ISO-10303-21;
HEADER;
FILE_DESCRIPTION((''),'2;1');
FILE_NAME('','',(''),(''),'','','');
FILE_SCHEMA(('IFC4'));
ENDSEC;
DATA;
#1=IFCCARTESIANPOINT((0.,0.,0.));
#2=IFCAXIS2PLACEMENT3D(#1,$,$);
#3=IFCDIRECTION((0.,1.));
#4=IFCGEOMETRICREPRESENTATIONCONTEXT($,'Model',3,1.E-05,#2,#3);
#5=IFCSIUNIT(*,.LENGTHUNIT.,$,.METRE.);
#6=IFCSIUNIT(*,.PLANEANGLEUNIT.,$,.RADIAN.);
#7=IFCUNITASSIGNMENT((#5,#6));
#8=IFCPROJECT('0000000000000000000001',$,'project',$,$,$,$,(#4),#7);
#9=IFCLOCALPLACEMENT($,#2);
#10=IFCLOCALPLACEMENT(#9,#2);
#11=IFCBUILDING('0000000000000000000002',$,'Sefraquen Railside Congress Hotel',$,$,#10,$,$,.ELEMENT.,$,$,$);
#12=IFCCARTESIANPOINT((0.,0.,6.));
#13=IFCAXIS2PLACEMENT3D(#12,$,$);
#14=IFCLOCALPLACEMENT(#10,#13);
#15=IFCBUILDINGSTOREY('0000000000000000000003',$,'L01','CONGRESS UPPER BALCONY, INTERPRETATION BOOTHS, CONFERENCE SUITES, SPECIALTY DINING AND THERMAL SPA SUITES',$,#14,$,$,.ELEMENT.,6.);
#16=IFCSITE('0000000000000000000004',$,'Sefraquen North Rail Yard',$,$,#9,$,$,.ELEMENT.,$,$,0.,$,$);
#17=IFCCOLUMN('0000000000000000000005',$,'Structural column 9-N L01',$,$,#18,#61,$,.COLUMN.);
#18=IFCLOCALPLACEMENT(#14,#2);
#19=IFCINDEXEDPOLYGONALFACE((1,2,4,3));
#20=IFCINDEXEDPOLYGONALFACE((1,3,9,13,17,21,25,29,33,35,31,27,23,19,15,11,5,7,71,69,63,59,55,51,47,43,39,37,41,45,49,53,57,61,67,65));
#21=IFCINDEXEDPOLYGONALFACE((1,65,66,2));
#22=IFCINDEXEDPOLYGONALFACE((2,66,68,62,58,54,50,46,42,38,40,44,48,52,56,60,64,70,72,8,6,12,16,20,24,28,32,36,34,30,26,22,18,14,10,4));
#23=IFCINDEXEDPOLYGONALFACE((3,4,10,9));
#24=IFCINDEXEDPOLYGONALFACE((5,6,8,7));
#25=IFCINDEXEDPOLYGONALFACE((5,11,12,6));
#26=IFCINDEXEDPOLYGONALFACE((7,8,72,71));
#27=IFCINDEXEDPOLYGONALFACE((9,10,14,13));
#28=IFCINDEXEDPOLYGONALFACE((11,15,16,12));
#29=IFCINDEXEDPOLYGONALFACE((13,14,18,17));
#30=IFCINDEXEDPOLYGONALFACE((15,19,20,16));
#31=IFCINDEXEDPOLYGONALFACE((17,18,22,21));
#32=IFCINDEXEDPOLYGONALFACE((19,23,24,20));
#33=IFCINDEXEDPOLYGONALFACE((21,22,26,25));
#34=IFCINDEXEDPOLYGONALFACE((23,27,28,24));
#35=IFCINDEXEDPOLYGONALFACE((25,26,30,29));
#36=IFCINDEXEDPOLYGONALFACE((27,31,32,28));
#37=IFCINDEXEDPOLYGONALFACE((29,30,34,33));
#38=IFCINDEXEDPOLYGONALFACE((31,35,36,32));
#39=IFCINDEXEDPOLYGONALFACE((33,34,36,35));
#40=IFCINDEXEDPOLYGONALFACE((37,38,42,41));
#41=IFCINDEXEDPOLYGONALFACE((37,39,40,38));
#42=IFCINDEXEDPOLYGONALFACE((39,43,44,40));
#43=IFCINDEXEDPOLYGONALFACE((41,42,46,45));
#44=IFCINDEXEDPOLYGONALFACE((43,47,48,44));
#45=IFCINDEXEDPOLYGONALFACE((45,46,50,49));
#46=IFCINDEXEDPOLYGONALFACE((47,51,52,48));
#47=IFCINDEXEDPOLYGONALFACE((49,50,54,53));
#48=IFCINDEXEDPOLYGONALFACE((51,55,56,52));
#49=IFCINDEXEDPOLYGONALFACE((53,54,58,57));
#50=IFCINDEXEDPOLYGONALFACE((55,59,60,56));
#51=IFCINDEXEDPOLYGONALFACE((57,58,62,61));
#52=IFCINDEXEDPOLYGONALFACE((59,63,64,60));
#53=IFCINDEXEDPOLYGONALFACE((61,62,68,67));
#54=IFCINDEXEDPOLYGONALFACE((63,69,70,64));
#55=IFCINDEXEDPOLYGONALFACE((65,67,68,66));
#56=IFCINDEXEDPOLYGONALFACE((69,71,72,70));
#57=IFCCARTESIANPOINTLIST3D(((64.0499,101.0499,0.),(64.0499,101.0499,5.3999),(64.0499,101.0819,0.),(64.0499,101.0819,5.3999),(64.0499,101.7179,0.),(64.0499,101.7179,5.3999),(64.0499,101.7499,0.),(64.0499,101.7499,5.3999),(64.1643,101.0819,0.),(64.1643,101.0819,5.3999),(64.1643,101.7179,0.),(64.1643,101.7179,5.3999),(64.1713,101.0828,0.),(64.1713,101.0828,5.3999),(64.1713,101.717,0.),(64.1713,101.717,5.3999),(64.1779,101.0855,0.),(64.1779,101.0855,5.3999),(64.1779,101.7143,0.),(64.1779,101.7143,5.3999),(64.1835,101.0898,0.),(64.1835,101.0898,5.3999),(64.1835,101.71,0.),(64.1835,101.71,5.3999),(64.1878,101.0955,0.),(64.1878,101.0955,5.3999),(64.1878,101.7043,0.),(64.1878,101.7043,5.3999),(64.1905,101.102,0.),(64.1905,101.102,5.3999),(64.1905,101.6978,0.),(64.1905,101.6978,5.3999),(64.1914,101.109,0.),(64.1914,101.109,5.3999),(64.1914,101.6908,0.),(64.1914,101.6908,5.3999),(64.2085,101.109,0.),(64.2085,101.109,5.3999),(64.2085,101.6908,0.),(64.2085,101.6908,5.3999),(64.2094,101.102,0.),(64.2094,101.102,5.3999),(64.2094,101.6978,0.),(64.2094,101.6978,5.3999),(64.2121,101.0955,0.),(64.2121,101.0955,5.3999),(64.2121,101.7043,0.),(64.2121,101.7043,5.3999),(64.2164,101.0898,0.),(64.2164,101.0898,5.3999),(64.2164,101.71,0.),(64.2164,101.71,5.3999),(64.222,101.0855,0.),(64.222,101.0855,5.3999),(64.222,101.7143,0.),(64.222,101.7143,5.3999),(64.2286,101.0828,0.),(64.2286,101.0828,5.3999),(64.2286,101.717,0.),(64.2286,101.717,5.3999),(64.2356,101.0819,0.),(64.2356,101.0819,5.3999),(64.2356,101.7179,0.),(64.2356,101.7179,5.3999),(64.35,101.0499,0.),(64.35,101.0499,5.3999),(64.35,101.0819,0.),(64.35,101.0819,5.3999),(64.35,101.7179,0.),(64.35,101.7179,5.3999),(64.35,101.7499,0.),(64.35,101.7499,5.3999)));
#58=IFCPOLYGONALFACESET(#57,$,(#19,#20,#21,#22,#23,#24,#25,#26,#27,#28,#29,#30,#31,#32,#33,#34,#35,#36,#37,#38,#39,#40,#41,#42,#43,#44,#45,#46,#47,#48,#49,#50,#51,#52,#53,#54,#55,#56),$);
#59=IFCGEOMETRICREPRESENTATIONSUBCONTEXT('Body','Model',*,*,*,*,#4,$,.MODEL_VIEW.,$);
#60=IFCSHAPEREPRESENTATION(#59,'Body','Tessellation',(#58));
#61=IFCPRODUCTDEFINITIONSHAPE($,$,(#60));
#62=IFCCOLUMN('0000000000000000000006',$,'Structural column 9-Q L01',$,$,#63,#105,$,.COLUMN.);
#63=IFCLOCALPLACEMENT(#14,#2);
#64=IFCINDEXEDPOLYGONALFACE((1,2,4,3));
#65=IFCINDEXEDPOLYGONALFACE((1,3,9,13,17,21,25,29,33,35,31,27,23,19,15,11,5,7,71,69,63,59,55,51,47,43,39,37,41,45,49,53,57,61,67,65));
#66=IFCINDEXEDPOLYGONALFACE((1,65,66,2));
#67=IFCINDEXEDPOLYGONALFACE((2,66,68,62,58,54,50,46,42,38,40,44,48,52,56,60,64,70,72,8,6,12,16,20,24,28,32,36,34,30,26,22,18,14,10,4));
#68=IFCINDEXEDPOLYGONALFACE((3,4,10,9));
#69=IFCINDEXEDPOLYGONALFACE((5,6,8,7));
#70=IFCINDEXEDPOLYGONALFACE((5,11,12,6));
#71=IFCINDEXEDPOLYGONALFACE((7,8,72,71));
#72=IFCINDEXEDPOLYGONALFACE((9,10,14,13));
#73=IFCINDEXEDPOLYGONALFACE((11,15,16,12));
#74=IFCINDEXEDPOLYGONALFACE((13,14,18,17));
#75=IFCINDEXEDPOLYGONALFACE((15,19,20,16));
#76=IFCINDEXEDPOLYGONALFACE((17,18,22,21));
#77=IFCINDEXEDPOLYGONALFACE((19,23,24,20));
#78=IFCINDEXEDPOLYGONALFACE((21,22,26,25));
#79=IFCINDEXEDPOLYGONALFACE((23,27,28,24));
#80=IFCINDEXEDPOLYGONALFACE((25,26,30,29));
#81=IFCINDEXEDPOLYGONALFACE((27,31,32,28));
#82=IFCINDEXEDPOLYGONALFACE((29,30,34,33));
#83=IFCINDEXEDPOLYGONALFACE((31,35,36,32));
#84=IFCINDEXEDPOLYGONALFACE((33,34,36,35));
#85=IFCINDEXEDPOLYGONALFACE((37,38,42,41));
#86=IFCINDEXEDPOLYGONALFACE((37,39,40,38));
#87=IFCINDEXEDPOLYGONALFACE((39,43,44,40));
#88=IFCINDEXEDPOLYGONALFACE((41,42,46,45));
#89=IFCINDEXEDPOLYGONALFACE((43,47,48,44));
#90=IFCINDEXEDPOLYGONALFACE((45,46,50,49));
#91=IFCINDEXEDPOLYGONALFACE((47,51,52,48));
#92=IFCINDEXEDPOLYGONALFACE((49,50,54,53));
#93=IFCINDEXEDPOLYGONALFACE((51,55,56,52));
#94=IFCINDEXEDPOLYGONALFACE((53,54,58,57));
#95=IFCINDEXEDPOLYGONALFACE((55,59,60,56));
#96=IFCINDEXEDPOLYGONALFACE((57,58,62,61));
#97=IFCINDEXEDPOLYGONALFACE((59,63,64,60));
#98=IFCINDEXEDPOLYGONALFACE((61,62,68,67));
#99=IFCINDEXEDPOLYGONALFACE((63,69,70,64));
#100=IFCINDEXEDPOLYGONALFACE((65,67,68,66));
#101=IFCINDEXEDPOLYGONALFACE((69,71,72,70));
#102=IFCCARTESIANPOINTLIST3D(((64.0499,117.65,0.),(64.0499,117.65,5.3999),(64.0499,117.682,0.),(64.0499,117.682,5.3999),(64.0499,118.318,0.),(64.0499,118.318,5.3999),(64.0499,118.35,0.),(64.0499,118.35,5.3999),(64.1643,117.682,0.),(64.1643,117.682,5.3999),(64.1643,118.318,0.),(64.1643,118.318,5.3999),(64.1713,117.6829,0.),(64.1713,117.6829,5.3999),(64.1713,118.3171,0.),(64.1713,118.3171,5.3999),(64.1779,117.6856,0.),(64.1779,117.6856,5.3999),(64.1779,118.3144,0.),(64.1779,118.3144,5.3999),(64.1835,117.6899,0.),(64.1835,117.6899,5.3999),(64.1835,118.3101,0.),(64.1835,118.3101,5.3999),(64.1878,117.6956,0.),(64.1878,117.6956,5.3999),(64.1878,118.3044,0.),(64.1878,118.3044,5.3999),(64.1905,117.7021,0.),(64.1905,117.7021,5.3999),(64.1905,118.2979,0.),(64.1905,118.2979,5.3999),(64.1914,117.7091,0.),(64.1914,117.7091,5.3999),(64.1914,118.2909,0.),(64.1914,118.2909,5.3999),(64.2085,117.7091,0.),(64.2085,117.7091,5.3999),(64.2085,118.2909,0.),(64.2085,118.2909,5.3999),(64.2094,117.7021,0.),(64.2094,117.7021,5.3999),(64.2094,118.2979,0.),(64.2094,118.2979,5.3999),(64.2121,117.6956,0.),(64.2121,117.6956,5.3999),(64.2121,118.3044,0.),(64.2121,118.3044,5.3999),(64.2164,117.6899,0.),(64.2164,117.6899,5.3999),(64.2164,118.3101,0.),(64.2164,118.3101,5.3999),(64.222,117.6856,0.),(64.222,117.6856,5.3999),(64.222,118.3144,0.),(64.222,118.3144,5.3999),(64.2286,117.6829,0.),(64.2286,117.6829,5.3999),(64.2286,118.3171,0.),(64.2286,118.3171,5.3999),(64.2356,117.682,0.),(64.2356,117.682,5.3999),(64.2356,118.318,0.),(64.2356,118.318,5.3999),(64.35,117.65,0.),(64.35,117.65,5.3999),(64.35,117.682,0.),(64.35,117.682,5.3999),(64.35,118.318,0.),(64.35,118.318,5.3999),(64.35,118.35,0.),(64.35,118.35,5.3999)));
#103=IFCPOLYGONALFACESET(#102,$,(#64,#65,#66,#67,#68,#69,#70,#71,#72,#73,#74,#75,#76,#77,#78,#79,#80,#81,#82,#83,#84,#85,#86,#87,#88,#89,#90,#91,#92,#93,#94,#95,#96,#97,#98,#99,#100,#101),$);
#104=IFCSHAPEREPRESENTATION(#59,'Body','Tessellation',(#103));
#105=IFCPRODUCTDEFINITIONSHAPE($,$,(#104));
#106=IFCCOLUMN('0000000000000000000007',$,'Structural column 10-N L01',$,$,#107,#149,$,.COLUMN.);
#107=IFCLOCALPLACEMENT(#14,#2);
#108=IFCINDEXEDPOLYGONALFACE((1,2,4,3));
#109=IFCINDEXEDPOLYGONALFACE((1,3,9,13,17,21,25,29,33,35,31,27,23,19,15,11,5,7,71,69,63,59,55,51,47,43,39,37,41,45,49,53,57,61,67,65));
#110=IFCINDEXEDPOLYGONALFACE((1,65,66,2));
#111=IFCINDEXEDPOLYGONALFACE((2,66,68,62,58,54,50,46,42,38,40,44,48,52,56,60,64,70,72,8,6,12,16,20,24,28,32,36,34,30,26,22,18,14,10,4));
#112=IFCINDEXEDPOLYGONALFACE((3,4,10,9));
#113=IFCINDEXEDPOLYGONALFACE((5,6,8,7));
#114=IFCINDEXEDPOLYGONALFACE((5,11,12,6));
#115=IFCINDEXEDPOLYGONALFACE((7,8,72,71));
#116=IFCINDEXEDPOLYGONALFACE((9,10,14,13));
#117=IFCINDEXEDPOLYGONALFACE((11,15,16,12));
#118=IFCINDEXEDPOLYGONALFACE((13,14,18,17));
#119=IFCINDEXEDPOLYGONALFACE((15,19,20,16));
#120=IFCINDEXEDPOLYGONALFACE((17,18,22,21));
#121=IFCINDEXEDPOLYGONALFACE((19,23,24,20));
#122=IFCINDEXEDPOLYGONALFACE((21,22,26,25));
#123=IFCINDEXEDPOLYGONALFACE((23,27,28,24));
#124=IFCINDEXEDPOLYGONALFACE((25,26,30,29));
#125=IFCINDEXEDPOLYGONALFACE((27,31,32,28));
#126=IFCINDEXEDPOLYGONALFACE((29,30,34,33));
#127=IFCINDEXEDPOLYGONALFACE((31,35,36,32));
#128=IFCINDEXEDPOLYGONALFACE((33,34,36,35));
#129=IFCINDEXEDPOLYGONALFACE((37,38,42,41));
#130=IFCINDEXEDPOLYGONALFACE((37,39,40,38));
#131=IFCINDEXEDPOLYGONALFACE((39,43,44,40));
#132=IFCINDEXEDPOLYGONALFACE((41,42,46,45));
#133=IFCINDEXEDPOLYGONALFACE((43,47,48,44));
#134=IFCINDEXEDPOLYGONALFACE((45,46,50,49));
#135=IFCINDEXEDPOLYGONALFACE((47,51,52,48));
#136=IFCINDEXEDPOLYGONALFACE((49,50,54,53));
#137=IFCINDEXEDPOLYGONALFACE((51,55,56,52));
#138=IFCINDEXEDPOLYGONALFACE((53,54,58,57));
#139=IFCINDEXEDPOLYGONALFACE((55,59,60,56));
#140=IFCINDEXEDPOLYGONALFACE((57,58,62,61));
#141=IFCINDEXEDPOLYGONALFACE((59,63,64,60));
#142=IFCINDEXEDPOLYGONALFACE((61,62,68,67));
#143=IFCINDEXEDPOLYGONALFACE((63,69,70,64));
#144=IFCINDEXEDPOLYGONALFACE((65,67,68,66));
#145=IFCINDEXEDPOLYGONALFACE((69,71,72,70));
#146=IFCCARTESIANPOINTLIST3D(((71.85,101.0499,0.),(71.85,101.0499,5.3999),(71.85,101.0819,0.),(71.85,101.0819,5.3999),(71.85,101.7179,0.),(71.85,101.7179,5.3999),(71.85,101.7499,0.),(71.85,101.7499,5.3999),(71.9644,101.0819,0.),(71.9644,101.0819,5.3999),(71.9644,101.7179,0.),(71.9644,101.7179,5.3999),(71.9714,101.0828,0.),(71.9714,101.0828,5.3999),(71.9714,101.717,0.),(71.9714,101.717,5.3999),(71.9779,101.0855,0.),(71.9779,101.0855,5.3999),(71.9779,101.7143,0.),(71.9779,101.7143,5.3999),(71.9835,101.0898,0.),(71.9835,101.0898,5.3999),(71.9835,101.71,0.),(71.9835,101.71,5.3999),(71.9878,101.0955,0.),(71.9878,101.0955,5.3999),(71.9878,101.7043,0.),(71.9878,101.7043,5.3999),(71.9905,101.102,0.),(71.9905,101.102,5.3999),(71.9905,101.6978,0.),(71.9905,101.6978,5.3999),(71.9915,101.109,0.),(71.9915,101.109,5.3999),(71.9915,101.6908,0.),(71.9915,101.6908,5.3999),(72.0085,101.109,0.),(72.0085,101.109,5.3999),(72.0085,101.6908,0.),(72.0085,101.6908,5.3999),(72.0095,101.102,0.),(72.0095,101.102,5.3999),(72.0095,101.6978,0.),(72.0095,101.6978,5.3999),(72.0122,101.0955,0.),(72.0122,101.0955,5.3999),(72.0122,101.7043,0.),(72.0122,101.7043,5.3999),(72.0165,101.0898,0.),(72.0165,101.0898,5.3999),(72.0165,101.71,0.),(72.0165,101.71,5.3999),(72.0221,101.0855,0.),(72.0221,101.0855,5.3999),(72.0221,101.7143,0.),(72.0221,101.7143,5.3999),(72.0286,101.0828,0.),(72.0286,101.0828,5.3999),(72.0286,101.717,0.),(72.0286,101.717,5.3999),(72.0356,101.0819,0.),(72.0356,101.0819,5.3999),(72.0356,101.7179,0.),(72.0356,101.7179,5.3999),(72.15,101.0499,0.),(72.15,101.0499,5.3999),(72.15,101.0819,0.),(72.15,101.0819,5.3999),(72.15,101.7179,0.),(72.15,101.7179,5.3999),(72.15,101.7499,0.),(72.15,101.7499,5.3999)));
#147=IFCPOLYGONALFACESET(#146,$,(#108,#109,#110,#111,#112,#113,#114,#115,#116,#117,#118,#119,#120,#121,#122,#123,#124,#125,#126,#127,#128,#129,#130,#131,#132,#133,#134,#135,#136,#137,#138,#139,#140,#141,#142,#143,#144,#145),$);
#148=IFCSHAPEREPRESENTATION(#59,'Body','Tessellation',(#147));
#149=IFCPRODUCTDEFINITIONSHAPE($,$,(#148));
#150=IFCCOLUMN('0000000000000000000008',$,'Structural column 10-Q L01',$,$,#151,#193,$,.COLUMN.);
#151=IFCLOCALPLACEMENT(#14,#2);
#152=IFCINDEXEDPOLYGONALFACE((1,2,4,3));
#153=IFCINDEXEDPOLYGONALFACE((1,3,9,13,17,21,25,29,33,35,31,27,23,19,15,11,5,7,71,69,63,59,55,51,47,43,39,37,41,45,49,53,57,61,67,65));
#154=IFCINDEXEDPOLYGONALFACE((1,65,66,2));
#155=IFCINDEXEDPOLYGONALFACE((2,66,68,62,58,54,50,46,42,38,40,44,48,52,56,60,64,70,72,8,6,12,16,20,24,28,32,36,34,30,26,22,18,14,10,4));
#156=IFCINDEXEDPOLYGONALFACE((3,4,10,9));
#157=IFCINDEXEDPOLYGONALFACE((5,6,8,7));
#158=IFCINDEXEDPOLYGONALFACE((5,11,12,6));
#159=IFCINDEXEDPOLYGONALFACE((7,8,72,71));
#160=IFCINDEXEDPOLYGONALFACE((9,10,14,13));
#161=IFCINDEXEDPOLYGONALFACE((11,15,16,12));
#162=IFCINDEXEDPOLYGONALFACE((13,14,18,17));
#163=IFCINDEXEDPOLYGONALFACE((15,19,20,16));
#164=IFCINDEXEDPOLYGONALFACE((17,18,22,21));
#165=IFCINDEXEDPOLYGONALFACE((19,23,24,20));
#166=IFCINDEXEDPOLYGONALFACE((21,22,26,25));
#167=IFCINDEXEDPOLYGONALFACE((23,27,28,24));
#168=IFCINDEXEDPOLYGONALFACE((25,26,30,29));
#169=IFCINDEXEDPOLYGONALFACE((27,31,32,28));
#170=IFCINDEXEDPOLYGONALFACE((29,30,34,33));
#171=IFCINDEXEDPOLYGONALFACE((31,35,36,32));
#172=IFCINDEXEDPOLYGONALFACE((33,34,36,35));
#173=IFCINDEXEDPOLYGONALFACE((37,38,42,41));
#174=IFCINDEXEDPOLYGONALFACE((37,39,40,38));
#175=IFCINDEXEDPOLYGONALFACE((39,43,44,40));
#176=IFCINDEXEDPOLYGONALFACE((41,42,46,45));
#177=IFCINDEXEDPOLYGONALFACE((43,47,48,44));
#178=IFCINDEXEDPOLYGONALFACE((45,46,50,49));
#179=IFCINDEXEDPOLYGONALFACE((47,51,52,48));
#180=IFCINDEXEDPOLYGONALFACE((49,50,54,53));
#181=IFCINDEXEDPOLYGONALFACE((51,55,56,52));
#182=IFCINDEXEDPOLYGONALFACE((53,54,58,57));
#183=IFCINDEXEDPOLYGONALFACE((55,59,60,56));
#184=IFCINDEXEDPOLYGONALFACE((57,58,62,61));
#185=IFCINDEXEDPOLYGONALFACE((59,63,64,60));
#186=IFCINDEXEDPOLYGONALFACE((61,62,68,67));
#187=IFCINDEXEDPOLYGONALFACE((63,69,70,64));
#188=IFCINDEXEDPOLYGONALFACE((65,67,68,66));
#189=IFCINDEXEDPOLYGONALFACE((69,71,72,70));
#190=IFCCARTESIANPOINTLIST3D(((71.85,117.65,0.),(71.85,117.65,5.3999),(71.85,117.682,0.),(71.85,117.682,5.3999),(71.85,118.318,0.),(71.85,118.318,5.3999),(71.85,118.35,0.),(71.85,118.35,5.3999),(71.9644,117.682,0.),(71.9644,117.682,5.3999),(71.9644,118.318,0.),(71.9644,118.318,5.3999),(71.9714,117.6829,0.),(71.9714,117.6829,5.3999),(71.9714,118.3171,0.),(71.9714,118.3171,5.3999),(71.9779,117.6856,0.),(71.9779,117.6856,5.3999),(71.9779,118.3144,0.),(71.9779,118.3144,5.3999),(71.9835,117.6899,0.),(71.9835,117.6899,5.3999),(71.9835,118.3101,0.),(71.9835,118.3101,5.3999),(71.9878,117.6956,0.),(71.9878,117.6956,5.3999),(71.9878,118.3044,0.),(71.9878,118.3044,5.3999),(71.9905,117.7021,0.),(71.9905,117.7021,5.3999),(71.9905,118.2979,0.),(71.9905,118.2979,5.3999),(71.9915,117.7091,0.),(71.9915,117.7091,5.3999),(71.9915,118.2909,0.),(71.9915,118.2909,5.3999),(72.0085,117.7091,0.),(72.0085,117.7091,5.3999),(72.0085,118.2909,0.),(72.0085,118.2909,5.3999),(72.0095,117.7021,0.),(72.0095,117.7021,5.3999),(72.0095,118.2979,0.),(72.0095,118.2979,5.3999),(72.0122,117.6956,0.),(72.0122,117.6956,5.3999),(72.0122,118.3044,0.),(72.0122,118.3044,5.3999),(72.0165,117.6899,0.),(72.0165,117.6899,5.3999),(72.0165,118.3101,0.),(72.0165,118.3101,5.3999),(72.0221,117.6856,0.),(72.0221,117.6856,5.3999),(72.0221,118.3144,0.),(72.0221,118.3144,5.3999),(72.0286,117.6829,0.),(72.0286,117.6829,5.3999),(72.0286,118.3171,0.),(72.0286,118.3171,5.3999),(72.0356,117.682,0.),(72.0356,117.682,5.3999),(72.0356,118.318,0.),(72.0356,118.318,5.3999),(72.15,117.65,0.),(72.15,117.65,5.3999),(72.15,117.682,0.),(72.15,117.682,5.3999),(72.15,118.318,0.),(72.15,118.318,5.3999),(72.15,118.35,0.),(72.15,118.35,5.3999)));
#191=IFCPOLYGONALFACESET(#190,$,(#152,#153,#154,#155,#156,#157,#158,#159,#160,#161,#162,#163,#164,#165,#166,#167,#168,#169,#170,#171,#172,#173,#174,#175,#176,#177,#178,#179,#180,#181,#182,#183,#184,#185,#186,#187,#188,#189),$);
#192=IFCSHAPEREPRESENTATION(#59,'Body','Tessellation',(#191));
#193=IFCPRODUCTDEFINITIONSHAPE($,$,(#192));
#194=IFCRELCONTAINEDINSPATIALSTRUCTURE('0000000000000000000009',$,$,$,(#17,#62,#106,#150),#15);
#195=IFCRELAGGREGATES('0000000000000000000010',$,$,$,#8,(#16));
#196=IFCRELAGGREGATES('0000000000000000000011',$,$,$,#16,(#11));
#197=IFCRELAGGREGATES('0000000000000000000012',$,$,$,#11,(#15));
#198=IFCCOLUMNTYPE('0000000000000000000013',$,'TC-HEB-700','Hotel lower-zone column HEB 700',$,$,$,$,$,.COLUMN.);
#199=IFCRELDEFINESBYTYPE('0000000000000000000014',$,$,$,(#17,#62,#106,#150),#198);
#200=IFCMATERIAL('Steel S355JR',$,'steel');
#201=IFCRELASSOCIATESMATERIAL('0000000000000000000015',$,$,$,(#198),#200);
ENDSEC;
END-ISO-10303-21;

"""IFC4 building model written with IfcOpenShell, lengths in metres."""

from ifc_helpers import new_model, si_unit, direction, frame, origin, origin_2d, place, context, subcontext, project, spatial, i_section, extrude, material, material_profile, profile_set, type_object, element, save


model = new_model("IFC4")

# Units and contexts
model_context = context("Model", 3, precision=1e-05, world=origin(), true_north=direction((0.0, 1.0)))
body_context = subcontext(model_context, "Body", "Model", "MODEL_VIEW")
ifc_project = project(units=[si_unit("LENGTHUNIT", "METRE"), si_unit("PLANEANGLEUNIT", "RADIAN")], contexts=[model_context])

# Site, building, storey
site_placement = place(None, origin())
site = spatial("IfcSite", under=ifc_project, at=site_placement, Name="Sefraquen North Rail Yard", CompositionType="ELEMENT", RefElevation=0.0)
building_placement = place(site_placement, origin())
building = spatial("IfcBuilding", under=site, at=building_placement, Name="Sefraquen Railside Congress Hotel", CompositionType="ELEMENT")
storey_placement = place(building_placement, frame((0.0, 0.0, 6.0)))
storey = spatial("IfcBuildingStorey", under=building, at=storey_placement, Name="L01", Description="CONGRESS UPPER BALCONY, INTERPRETATION BOOTHS, CONFERENCE SUITES, SPECIALTY DINING AND THERMAL SPA SUITES", CompositionType="ELEMENT", Elevation=6.0)

# Columns
ifc_material_1 = material(Name="Steel S355JR", Category="steel")
ifc_material_profile_1 = material_profile(ifc_material_1, i_section(OverallWidth=0.3, OverallDepth=0.7, WebThickness=0.0171, FlangeThickness=0.032, FilletRadius=0.0271, at=origin_2d()), Name="HEB 700")
ifc_profile_set_1 = profile_set([ifc_material_profile_1], Name="Steel S355JR")
column_type_1 = type_object("IfcColumnType", Name="TC-HEB-700", Description="Hotel lower-zone column HEB 700", PredefinedType="COLUMN", material=ifc_profile_set_1)
for number, where, z_axis, x_axis, name in (
    (1, (64.2, 101.3999, 0.0), (0.0, 0.0, 1.0), (1.0, 0.0, 0.0), "Structural column 9-N L01"),
    (2, (64.2, 118.0, 0.0), (0.0, 0.0, 1.0), (1.0, 0.0, 0.0), "Structural column 9-Q L01"),
    (3, (72.0, 101.3999, 0.0), (0.0, 0.0, 1.0), (1.0, 0.0, 0.0), "Structural column 10-N L01"),
    (4, (72.0, 118.0, 0.0), (0.0, 0.0, 1.0), (1.0, 0.0, 0.0), "Structural column 10-Q L01"),
):
    element("IfcColumn", number, at=place(storey_placement, frame(where, z_axis=z_axis, x_axis=x_axis)), inside=storey, type_object=column_type_1, Name=name, PredefinedType="COLUMN", context=body_context, shape_type="SweptSolid", body=[
        extrude(i_section(OverallWidth=0.3, OverallDepth=0.7, WebThickness=0.0171, FlangeThickness=0.032, FilletRadius=0.0271, at=origin_2d()), origin(), (0.0, 0.0, 1.0), 5.3999),
    ])

save(model, "model.ifc")
